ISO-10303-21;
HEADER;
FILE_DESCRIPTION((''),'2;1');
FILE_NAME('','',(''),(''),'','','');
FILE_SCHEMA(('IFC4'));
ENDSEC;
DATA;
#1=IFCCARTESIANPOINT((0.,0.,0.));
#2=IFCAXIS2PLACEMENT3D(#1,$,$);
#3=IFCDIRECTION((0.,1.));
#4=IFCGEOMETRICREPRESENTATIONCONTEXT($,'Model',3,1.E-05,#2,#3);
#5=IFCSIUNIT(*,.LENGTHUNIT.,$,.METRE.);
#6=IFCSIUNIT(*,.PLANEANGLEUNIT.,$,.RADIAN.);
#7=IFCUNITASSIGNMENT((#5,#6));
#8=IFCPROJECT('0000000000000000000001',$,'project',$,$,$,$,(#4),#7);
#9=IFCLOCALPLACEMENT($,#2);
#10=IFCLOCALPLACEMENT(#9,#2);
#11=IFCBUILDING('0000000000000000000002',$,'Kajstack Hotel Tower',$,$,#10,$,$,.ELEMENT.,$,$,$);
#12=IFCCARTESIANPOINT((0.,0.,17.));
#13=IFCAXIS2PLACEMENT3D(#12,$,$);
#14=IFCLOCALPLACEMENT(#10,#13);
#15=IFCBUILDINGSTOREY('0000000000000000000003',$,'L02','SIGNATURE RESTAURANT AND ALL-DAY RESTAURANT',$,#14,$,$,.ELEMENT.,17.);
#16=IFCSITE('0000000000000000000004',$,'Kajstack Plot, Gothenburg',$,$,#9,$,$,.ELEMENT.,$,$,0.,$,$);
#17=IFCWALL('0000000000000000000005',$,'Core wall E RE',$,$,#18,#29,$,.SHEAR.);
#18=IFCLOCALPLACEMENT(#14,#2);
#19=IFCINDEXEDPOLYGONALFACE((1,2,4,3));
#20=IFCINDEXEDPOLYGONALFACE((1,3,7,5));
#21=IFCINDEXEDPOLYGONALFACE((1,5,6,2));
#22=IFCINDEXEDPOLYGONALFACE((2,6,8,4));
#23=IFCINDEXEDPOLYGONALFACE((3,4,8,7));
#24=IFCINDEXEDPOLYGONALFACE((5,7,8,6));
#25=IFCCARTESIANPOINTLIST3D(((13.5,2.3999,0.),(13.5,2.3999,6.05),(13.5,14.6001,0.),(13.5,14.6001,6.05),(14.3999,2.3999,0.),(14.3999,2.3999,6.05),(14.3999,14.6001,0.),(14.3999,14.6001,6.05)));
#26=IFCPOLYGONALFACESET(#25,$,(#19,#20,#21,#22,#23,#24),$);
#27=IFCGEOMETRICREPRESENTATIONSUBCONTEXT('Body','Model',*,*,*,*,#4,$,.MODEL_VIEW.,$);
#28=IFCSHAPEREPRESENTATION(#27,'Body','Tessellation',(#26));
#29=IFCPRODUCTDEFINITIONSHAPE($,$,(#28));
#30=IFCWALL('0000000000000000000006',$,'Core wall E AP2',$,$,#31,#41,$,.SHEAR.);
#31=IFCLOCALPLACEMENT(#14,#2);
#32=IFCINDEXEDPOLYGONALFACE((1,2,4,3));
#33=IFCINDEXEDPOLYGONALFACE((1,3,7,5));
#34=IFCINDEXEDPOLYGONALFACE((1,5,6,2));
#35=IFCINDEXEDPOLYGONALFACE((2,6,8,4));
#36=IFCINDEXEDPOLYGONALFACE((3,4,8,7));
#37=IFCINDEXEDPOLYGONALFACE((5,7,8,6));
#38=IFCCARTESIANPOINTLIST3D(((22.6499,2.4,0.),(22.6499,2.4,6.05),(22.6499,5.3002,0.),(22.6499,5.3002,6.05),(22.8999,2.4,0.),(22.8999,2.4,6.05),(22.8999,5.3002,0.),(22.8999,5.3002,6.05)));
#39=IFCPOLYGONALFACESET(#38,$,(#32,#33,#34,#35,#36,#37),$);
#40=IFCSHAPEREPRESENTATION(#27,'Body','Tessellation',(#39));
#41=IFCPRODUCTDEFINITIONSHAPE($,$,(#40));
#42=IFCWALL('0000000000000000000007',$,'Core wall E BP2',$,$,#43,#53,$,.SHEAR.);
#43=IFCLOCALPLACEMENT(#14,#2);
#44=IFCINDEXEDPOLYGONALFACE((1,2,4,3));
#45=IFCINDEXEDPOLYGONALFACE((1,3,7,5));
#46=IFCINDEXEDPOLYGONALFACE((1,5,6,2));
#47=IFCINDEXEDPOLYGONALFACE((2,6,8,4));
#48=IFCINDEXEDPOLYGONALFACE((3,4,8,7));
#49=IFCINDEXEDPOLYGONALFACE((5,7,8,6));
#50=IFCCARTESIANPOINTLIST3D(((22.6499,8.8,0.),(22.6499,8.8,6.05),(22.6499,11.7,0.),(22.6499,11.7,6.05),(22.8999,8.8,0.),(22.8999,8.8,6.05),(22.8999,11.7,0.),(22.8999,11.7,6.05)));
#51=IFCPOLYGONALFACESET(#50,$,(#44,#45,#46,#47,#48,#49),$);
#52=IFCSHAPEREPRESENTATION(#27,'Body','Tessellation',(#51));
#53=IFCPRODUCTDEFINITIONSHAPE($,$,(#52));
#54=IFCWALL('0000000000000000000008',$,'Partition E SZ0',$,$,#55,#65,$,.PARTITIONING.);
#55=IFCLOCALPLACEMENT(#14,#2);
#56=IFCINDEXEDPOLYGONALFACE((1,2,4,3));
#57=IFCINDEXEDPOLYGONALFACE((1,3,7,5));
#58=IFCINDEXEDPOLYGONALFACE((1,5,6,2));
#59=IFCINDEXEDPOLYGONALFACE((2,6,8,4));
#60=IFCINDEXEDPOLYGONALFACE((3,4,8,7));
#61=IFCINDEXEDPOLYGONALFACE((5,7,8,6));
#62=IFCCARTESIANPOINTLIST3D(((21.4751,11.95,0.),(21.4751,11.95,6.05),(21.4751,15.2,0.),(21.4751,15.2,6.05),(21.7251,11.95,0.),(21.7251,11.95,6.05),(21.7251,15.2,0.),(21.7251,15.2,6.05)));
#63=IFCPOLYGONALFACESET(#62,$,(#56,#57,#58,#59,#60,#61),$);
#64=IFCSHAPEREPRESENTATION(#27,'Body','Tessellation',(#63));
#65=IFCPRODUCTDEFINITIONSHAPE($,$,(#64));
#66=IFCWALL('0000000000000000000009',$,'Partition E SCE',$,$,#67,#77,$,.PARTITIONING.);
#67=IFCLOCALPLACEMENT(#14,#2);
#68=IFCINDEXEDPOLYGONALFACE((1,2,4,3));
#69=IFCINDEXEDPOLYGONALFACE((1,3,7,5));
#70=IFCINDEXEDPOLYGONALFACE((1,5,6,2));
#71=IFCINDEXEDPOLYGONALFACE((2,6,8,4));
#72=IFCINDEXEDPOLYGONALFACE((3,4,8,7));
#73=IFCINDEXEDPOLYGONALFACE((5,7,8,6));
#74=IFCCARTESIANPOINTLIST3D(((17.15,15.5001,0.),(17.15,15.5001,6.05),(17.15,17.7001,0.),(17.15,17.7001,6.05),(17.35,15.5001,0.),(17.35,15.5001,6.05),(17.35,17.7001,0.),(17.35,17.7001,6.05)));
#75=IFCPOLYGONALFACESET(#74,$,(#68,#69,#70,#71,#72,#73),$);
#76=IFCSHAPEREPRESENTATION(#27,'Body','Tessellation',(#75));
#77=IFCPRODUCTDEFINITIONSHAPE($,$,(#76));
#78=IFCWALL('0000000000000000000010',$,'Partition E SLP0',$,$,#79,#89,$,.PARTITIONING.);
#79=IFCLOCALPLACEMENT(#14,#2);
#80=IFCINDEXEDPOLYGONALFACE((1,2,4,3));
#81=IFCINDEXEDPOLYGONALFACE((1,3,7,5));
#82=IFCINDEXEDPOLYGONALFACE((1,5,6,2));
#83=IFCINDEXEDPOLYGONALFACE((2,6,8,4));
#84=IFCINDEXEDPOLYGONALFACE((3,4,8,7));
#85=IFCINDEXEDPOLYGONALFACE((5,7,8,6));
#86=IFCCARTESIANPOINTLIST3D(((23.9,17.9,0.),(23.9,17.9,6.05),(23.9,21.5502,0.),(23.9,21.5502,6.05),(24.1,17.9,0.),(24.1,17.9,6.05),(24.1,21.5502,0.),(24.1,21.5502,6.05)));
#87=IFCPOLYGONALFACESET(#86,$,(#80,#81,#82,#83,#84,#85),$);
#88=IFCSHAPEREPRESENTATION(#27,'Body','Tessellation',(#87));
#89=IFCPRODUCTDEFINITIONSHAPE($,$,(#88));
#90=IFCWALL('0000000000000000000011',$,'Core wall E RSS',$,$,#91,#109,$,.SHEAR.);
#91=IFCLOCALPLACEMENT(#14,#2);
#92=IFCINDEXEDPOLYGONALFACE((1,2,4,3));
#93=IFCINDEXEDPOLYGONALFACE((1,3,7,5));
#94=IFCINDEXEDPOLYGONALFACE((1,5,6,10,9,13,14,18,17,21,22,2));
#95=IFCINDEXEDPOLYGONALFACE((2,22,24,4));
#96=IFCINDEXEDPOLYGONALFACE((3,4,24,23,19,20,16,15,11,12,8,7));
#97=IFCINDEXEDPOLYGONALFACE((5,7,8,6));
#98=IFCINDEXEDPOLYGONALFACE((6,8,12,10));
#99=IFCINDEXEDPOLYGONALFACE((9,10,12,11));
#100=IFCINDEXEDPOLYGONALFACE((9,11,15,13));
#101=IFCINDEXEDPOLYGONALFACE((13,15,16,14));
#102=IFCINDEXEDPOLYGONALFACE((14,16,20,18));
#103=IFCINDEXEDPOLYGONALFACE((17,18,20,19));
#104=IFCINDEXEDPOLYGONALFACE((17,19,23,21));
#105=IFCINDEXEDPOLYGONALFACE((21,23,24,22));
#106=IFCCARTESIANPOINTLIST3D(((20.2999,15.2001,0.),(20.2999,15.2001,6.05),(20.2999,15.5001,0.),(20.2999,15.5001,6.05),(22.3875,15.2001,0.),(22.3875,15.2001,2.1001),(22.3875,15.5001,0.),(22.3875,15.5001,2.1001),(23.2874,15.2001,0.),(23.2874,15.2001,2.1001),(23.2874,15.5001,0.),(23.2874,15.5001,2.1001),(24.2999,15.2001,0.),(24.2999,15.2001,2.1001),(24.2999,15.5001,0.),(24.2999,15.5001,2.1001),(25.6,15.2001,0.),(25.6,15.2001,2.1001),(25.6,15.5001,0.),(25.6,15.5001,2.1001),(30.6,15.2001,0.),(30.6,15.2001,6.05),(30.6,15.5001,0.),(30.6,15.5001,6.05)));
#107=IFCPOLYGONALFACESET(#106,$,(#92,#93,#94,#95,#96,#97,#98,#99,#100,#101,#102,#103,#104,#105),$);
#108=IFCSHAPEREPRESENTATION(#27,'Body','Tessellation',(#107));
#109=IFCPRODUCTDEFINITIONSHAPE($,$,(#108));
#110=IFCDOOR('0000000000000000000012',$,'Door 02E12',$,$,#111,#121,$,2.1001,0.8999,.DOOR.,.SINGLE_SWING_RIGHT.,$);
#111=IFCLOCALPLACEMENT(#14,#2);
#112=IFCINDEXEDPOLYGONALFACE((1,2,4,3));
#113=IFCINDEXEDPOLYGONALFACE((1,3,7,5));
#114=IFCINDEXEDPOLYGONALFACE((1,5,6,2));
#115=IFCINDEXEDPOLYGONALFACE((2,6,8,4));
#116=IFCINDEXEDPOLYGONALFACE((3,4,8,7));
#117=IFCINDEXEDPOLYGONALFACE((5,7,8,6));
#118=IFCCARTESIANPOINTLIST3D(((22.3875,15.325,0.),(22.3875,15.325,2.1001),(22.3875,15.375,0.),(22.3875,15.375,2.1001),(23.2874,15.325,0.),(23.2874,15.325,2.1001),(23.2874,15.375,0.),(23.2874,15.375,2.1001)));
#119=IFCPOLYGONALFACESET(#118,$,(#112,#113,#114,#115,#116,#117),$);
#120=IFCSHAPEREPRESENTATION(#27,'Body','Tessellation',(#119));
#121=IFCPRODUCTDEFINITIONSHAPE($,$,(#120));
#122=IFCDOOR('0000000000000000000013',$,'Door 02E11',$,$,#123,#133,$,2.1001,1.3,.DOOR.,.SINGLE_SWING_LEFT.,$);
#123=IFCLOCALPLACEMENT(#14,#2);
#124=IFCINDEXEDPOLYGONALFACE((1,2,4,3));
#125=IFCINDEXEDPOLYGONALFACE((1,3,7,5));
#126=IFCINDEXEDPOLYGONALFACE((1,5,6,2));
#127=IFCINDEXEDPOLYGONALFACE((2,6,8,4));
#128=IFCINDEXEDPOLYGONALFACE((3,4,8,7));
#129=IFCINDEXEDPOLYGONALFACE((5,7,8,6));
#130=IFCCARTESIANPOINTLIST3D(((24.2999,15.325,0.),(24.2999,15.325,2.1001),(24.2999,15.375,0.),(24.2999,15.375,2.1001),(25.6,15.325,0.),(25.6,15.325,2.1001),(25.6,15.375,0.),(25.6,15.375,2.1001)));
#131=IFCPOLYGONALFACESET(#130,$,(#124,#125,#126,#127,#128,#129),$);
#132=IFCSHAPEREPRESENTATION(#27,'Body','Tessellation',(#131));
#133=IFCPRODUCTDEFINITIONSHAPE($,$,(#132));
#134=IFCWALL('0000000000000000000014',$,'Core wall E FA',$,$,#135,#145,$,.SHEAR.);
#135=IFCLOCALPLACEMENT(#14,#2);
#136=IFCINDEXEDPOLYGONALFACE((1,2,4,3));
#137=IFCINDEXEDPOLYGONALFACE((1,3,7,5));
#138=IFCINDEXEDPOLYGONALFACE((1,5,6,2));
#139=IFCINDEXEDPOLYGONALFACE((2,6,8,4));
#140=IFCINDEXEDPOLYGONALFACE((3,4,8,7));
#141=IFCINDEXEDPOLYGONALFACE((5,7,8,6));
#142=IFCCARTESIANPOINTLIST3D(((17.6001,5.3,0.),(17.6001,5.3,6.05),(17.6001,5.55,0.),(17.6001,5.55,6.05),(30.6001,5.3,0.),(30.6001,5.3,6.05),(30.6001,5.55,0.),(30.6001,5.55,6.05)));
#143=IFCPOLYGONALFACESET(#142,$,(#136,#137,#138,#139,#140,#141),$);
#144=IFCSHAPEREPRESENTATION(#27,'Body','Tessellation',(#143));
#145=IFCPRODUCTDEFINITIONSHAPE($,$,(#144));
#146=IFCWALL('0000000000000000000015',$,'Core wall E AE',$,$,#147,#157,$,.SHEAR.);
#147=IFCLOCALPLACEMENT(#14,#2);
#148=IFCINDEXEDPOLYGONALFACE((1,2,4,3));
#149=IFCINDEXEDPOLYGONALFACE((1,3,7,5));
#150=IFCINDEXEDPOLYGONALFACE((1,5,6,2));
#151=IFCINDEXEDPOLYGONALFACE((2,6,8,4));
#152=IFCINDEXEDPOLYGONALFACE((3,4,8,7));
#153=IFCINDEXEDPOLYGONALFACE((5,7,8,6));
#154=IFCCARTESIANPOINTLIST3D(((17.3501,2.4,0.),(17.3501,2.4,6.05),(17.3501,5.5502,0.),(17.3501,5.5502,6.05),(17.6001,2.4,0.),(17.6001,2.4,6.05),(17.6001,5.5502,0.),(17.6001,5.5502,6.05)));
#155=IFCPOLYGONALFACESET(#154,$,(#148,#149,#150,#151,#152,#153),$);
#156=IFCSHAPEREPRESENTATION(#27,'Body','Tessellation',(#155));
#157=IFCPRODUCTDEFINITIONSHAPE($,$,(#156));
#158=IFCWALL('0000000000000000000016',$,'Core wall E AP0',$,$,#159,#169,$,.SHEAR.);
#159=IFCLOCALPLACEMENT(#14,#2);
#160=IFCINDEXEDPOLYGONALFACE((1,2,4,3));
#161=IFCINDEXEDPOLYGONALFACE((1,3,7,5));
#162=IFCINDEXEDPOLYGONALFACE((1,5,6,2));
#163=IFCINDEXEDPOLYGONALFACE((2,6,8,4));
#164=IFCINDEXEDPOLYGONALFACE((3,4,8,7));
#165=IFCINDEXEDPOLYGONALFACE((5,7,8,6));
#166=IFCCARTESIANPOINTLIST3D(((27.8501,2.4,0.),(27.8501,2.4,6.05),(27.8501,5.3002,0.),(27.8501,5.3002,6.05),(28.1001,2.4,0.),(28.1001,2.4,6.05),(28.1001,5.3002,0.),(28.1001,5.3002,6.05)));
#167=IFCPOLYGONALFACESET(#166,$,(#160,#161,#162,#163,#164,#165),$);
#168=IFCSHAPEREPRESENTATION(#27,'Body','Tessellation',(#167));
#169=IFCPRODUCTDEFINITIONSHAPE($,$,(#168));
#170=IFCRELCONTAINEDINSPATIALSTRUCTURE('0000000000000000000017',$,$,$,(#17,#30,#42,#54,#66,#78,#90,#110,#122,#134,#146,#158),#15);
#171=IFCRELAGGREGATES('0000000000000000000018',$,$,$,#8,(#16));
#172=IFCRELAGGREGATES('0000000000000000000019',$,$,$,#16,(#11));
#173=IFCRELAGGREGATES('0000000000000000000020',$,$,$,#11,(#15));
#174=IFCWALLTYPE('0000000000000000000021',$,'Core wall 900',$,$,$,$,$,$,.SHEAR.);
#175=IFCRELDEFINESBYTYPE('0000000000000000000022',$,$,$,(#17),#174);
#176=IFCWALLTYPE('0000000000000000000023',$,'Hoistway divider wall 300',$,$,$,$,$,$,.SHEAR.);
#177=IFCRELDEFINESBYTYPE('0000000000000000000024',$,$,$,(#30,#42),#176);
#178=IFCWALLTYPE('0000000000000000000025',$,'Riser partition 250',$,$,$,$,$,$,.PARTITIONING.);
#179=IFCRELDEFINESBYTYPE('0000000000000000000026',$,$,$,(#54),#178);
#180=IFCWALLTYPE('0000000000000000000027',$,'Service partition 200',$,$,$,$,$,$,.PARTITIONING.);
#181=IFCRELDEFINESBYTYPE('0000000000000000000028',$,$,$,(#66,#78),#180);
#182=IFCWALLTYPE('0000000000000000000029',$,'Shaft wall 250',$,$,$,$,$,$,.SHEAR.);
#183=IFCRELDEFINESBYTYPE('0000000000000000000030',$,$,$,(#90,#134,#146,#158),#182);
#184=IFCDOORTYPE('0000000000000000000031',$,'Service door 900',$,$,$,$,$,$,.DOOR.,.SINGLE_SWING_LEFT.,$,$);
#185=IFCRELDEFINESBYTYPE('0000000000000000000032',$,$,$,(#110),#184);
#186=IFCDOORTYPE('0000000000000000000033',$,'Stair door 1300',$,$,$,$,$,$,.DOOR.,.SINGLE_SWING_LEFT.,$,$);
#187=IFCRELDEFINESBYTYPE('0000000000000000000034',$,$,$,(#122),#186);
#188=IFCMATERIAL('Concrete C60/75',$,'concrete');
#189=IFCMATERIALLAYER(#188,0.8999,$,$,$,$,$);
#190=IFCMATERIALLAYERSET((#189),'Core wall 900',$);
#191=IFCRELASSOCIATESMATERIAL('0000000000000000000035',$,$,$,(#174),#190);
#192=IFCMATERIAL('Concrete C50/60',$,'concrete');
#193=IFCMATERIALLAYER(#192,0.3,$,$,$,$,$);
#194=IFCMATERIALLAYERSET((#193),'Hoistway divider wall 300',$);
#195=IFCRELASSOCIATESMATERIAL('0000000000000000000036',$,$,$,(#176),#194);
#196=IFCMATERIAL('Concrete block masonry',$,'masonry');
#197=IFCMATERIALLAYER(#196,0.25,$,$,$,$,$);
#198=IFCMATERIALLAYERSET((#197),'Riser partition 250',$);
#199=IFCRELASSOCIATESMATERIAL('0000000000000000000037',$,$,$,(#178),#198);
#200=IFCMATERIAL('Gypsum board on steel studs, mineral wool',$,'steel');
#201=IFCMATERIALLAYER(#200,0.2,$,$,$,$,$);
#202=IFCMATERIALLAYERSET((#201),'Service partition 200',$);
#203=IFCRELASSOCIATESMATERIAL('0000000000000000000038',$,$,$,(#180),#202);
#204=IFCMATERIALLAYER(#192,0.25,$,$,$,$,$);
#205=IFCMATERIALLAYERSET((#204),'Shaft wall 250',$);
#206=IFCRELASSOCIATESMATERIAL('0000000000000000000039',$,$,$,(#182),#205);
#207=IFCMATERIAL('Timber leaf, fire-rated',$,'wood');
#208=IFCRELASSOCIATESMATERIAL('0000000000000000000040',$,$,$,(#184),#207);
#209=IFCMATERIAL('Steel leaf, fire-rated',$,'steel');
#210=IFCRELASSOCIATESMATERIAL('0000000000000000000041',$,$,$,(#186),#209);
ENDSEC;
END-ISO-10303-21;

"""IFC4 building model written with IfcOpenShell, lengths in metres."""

from ifc_helpers import new_model, si_unit, direction, frame, frame_2d, origin, place, context, subcontext, project, spatial, rectangle, extrude, material, layer, layer_set, type_object, element, fill, save


model = new_model("IFC4")

# Units and contexts
model_context = context("Model", 3, precision=1e-05, world=origin(), true_north=direction((0.0, 1.0)))
body_context = subcontext(model_context, "Body", "Model", "MODEL_VIEW")
ifc_project = project(units=[si_unit("LENGTHUNIT", "METRE"), si_unit("PLANEANGLEUNIT", "RADIAN")], contexts=[model_context])

# Site, building, storey
site_placement = place(None, origin())
site = spatial("IfcSite", under=ifc_project, at=site_placement, Name="Kajstack Plot, Gothenburg", CompositionType="ELEMENT", RefElevation=0.0)
building_placement = place(site_placement, origin())
building = spatial("IfcBuilding", under=site, at=building_placement, Name="Kajstack Hotel Tower", CompositionType="ELEMENT")
storey_placement = place(building_placement, frame((0.0, 0.0, 17.0)))
storey = spatial("IfcBuildingStorey", under=building, at=storey_placement, Name="L02", Description="SIGNATURE RESTAURANT AND ALL-DAY RESTAURANT", CompositionType="ELEMENT", Elevation=17.0)

# Walls
ifc_material_1 = material(Name="Concrete C60/75", Category="concrete")
ifc_layer_1 = layer(ifc_material_1, 0.8999)
ifc_layer_set_1 = layer_set([ifc_layer_1], Name="Core wall 900")
wall_type_1 = type_object("IfcWallType", Name="Core wall 900", PredefinedType="SHEAR", material=ifc_layer_set_1)
wall_1_placement = place(storey_placement, frame((13.95, 2.3999, 0.0), z_axis=(0.0, 0.0, 1.0), x_axis=(0.0, 1.0, 0.0)))
element("IfcWall", 1, at=wall_1_placement, inside=storey, type_object=wall_type_1, Name="Core wall E RE", PredefinedType="SHEAR", context=body_context, shape_type="SweptSolid", body=[
    extrude(rectangle(XDim=12.2002, YDim=0.8999, at=frame_2d((6.1001, 0.0))), origin(), (0.0, 0.0, 1.0), 6.05),
])
ifc_material_2 = material(Name="Concrete C50/60", Category="concrete")
ifc_layer_2 = layer(ifc_material_2, 0.3)
ifc_layer_set_2 = layer_set([ifc_layer_2], Name="Hoistway divider wall 300")
wall_type_2 = type_object("IfcWallType", Name="Hoistway divider wall 300", PredefinedType="SHEAR", material=ifc_layer_set_2)
wall_2_placement = place(storey_placement, frame((22.7749, 2.3999, 0.0), z_axis=(0.0, 0.0, 1.0), x_axis=(0.0, 1.0, 0.0)))
element("IfcWall", 2, at=wall_2_placement, inside=storey, type_object=wall_type_2, Name="Core wall E AP2", PredefinedType="SHEAR", context=body_context, shape_type="SweptSolid", body=[
    extrude(rectangle(XDim=2.9001, YDim=0.25, at=frame_2d((1.4502, 0.0))), origin(), (0.0, 0.0, 1.0), 6.05),
])
wall_3_placement = place(storey_placement, frame((22.7749, 8.8, 0.0), z_axis=(0.0, 0.0, 1.0), x_axis=(0.0, 1.0, 0.0)))
element("IfcWall", 3, at=wall_3_placement, inside=storey, type_object=wall_type_2, Name="Core wall E BP2", PredefinedType="SHEAR", context=body_context, shape_type="SweptSolid", body=[
    extrude(rectangle(XDim=2.8999, YDim=0.25, at=frame_2d((1.45, 0.0))), origin(), (0.0, 0.0, 1.0), 6.05),
])
ifc_material_3 = material(Name="Concrete block masonry", Category="masonry")
ifc_layer_3 = layer(ifc_material_3, 0.25)
ifc_layer_set_3 = layer_set([ifc_layer_3], Name="Riser partition 250")
wall_type_3 = type_object("IfcWallType", Name="Riser partition 250", PredefinedType="PARTITIONING", material=ifc_layer_set_3)
wall_4_placement = place(storey_placement, frame((21.6001, 11.95, 0.0), z_axis=(0.0, 0.0, 1.0), x_axis=(0.0, 1.0, 0.0)))
element("IfcWall", 4, at=wall_4_placement, inside=storey, type_object=wall_type_3, Name="Partition E SZ0", PredefinedType="PARTITIONING", context=body_context, shape_type="SweptSolid", body=[
    extrude(rectangle(XDim=3.25, YDim=0.25, at=frame_2d((1.625, 0.0))), origin(), (0.0, 0.0, 1.0), 6.05),
])
ifc_material_4 = material(Name="Gypsum board on steel studs, mineral wool", Category="steel")
ifc_layer_4 = layer(ifc_material_4, 0.2)
ifc_layer_set_4 = layer_set([ifc_layer_4], Name="Service partition 200")
wall_type_4 = type_object("IfcWallType", Name="Service partition 200", PredefinedType="PARTITIONING", material=ifc_layer_set_4)
wall_5_placement = place(storey_placement, frame((17.25, 15.5, 0.0), z_axis=(0.0, 0.0, 1.0), x_axis=(0.0, 1.0, 0.0)))
element("IfcWall", 5, at=wall_5_placement, inside=storey, type_object=wall_type_4, Name="Partition E SCE", PredefinedType="PARTITIONING", context=body_context, shape_type="SweptSolid", body=[
    extrude(rectangle(XDim=2.2, YDim=0.2, at=frame_2d((1.1001, 0.0))), origin(), (0.0, 0.0, 1.0), 6.05),
])
wall_6_placement = place(storey_placement, frame((24.0, 17.8999, 0.0), z_axis=(0.0, 0.0, 1.0), x_axis=(0.0, 1.0, 0.0)))
element("IfcWall", 6, at=wall_6_placement, inside=storey, type_object=wall_type_4, Name="Partition E SLP0", PredefinedType="PARTITIONING", context=body_context, shape_type="SweptSolid", body=[
    extrude(rectangle(XDim=3.6501, YDim=0.2, at=frame_2d((1.8252, 0.0))), origin(), (0.0, 0.0, 1.0), 6.05),
])

# Wall, openings, doors
ifc_layer_5 = layer(ifc_material_2, 0.25)
ifc_layer_set_5 = layer_set([ifc_layer_5], Name="Shaft wall 250")
wall_type_5 = type_object("IfcWallType", Name="Shaft wall 250", PredefinedType="SHEAR", material=ifc_layer_set_5)
wall_7_placement = place(storey_placement, frame((20.3, 15.3501, 0.0), z_axis=(0.0, 0.0, 1.0), x_axis=(1.0, 0.0, 0.0)))
wall_7 = element("IfcWall", 7, at=wall_7_placement, inside=storey, type_object=wall_type_5, Name="Core wall E RSS", PredefinedType="SHEAR", context=body_context, shape_type="SweptSolid", body=[
    extrude(rectangle(XDim=10.3, YDim=0.3, at=frame_2d((5.1499, 0.0))), origin(), (0.0, 0.0, 1.0), 6.05),
])
opening_1_placement = place(wall_7_placement, frame((4.0, 0.0, 0.0)))
opening_1 = element("IfcOpeningElement", 8, at=opening_1_placement, cuts=wall_7, PredefinedType="OPENING", context=body_context, shape_type="SweptSolid", body=[
    extrude(rectangle(XDim=1.3, YDim=2.1001, at=frame_2d((0.6499, 1.05))), frame((0.0, 0.1599, 0.0), z_axis=(0.0, -1.0, 0.0), x_axis=(1.0, 0.0, 0.0)), (0.0, 0.0, 1.0), 0.3201),
])
opening_2_placement = place(wall_7_placement, frame((2.0874, 0.0, 0.0)))
opening_2 = element("IfcOpeningElement", 9, at=opening_2_placement, cuts=wall_7, PredefinedType="OPENING", context=body_context, shape_type="SweptSolid", body=[
    extrude(rectangle(XDim=0.8999, YDim=2.1001, at=frame_2d((0.45, 1.05))), frame((0.0, 0.1599, 0.0), z_axis=(0.0, -1.0, 0.0), x_axis=(1.0, 0.0, 0.0)), (0.0, 0.0, 1.0), 0.3201),
])
ifc_material_5 = material(Name="Timber leaf, fire-rated", Category="wood")
door_type_1 = type_object("IfcDoorType", Name="Service door 900", OperationType="SINGLE_SWING_LEFT", PredefinedType="DOOR", material=ifc_material_5)
door_1_placement = place(opening_2_placement, origin())
door_1 = element("IfcDoor", 10, at=door_1_placement, inside=storey, type_object=door_type_1, Name="Door 02E12", OperationType="SINGLE_SWING_RIGHT", OverallHeight=2.1001, OverallWidth=0.8999, PredefinedType="DOOR", context=body_context, shape_type="SweptSolid", body=[
    extrude(rectangle(XDim=0.8999, YDim=2.1001, at=frame_2d((0.45, 1.05))), frame((0.0, 0.0249, 0.0), z_axis=(0.0, -1.0, 0.0), x_axis=(1.0, 0.0, 0.0)), (0.0, 0.0, 1.0), 0.05),
])
fill(opening_2, door_1)
ifc_material_6 = material(Name="Steel leaf, fire-rated", Category="steel")
door_type_2 = type_object("IfcDoorType", Name="Stair door 1300", OperationType="SINGLE_SWING_LEFT", PredefinedType="DOOR", material=ifc_material_6)
door_2_placement = place(opening_1_placement, origin())
door_2 = element("IfcDoor", 11, at=door_2_placement, inside=storey, type_object=door_type_2, Name="Door 02E11", OperationType="SINGLE_SWING_LEFT", OverallHeight=2.1001, OverallWidth=1.3, PredefinedType="DOOR", context=body_context, shape_type="SweptSolid", body=[
    extrude(rectangle(XDim=1.3, YDim=2.1001, at=frame_2d((0.6499, 1.05))), frame((0.0, 0.0249, 0.0), z_axis=(0.0, -1.0, 0.0), x_axis=(1.0, 0.0, 0.0)), (0.0, 0.0, 1.0), 0.05),
])
fill(opening_1, door_2)

# Walls
wall_8_placement = place(storey_placement, frame((17.6001, 5.425, 0.0), z_axis=(0.0, 0.0, 1.0), x_axis=(1.0, 0.0, 0.0)))
element("IfcWall", 12, at=wall_8_placement, inside=storey, type_object=wall_type_5, Name="Core wall E FA", PredefinedType="SHEAR", context=body_context, shape_type="SweptSolid", body=[
    extrude(rectangle(XDim=13.0, YDim=0.25, at=frame_2d((6.5, 0.0))), origin(), (0.0, 0.0, 1.0), 6.05),
])
wall_9_placement = place(storey_placement, frame((17.4751, 2.3999, 0.0), z_axis=(0.0, 0.0, 1.0), x_axis=(0.0, 1.0, 0.0)))
element("IfcWall", 13, at=wall_9_placement, inside=storey, type_object=wall_type_5, Name="Core wall E AE", PredefinedType="SHEAR", context=body_context, shape_type="SweptSolid", body=[
    extrude(rectangle(XDim=3.1501, YDim=0.25, at=frame_2d((1.5752, 0.0))), origin(), (0.0, 0.0, 1.0), 6.05),
])
wall_10_placement = place(storey_placement, frame((27.9751, 2.3999, 0.0), z_axis=(0.0, 0.0, 1.0), x_axis=(0.0, 1.0, 0.0)))
element("IfcWall", 14, at=wall_10_placement, inside=storey, type_object=wall_type_5, Name="Core wall E AP0", PredefinedType="SHEAR", context=body_context, shape_type="SweptSolid", body=[
    extrude(rectangle(XDim=2.9001, YDim=0.25, at=frame_2d((1.4502, 0.0))), origin(), (0.0, 0.0, 1.0), 6.05),
])

save(model, "model.ifc")
